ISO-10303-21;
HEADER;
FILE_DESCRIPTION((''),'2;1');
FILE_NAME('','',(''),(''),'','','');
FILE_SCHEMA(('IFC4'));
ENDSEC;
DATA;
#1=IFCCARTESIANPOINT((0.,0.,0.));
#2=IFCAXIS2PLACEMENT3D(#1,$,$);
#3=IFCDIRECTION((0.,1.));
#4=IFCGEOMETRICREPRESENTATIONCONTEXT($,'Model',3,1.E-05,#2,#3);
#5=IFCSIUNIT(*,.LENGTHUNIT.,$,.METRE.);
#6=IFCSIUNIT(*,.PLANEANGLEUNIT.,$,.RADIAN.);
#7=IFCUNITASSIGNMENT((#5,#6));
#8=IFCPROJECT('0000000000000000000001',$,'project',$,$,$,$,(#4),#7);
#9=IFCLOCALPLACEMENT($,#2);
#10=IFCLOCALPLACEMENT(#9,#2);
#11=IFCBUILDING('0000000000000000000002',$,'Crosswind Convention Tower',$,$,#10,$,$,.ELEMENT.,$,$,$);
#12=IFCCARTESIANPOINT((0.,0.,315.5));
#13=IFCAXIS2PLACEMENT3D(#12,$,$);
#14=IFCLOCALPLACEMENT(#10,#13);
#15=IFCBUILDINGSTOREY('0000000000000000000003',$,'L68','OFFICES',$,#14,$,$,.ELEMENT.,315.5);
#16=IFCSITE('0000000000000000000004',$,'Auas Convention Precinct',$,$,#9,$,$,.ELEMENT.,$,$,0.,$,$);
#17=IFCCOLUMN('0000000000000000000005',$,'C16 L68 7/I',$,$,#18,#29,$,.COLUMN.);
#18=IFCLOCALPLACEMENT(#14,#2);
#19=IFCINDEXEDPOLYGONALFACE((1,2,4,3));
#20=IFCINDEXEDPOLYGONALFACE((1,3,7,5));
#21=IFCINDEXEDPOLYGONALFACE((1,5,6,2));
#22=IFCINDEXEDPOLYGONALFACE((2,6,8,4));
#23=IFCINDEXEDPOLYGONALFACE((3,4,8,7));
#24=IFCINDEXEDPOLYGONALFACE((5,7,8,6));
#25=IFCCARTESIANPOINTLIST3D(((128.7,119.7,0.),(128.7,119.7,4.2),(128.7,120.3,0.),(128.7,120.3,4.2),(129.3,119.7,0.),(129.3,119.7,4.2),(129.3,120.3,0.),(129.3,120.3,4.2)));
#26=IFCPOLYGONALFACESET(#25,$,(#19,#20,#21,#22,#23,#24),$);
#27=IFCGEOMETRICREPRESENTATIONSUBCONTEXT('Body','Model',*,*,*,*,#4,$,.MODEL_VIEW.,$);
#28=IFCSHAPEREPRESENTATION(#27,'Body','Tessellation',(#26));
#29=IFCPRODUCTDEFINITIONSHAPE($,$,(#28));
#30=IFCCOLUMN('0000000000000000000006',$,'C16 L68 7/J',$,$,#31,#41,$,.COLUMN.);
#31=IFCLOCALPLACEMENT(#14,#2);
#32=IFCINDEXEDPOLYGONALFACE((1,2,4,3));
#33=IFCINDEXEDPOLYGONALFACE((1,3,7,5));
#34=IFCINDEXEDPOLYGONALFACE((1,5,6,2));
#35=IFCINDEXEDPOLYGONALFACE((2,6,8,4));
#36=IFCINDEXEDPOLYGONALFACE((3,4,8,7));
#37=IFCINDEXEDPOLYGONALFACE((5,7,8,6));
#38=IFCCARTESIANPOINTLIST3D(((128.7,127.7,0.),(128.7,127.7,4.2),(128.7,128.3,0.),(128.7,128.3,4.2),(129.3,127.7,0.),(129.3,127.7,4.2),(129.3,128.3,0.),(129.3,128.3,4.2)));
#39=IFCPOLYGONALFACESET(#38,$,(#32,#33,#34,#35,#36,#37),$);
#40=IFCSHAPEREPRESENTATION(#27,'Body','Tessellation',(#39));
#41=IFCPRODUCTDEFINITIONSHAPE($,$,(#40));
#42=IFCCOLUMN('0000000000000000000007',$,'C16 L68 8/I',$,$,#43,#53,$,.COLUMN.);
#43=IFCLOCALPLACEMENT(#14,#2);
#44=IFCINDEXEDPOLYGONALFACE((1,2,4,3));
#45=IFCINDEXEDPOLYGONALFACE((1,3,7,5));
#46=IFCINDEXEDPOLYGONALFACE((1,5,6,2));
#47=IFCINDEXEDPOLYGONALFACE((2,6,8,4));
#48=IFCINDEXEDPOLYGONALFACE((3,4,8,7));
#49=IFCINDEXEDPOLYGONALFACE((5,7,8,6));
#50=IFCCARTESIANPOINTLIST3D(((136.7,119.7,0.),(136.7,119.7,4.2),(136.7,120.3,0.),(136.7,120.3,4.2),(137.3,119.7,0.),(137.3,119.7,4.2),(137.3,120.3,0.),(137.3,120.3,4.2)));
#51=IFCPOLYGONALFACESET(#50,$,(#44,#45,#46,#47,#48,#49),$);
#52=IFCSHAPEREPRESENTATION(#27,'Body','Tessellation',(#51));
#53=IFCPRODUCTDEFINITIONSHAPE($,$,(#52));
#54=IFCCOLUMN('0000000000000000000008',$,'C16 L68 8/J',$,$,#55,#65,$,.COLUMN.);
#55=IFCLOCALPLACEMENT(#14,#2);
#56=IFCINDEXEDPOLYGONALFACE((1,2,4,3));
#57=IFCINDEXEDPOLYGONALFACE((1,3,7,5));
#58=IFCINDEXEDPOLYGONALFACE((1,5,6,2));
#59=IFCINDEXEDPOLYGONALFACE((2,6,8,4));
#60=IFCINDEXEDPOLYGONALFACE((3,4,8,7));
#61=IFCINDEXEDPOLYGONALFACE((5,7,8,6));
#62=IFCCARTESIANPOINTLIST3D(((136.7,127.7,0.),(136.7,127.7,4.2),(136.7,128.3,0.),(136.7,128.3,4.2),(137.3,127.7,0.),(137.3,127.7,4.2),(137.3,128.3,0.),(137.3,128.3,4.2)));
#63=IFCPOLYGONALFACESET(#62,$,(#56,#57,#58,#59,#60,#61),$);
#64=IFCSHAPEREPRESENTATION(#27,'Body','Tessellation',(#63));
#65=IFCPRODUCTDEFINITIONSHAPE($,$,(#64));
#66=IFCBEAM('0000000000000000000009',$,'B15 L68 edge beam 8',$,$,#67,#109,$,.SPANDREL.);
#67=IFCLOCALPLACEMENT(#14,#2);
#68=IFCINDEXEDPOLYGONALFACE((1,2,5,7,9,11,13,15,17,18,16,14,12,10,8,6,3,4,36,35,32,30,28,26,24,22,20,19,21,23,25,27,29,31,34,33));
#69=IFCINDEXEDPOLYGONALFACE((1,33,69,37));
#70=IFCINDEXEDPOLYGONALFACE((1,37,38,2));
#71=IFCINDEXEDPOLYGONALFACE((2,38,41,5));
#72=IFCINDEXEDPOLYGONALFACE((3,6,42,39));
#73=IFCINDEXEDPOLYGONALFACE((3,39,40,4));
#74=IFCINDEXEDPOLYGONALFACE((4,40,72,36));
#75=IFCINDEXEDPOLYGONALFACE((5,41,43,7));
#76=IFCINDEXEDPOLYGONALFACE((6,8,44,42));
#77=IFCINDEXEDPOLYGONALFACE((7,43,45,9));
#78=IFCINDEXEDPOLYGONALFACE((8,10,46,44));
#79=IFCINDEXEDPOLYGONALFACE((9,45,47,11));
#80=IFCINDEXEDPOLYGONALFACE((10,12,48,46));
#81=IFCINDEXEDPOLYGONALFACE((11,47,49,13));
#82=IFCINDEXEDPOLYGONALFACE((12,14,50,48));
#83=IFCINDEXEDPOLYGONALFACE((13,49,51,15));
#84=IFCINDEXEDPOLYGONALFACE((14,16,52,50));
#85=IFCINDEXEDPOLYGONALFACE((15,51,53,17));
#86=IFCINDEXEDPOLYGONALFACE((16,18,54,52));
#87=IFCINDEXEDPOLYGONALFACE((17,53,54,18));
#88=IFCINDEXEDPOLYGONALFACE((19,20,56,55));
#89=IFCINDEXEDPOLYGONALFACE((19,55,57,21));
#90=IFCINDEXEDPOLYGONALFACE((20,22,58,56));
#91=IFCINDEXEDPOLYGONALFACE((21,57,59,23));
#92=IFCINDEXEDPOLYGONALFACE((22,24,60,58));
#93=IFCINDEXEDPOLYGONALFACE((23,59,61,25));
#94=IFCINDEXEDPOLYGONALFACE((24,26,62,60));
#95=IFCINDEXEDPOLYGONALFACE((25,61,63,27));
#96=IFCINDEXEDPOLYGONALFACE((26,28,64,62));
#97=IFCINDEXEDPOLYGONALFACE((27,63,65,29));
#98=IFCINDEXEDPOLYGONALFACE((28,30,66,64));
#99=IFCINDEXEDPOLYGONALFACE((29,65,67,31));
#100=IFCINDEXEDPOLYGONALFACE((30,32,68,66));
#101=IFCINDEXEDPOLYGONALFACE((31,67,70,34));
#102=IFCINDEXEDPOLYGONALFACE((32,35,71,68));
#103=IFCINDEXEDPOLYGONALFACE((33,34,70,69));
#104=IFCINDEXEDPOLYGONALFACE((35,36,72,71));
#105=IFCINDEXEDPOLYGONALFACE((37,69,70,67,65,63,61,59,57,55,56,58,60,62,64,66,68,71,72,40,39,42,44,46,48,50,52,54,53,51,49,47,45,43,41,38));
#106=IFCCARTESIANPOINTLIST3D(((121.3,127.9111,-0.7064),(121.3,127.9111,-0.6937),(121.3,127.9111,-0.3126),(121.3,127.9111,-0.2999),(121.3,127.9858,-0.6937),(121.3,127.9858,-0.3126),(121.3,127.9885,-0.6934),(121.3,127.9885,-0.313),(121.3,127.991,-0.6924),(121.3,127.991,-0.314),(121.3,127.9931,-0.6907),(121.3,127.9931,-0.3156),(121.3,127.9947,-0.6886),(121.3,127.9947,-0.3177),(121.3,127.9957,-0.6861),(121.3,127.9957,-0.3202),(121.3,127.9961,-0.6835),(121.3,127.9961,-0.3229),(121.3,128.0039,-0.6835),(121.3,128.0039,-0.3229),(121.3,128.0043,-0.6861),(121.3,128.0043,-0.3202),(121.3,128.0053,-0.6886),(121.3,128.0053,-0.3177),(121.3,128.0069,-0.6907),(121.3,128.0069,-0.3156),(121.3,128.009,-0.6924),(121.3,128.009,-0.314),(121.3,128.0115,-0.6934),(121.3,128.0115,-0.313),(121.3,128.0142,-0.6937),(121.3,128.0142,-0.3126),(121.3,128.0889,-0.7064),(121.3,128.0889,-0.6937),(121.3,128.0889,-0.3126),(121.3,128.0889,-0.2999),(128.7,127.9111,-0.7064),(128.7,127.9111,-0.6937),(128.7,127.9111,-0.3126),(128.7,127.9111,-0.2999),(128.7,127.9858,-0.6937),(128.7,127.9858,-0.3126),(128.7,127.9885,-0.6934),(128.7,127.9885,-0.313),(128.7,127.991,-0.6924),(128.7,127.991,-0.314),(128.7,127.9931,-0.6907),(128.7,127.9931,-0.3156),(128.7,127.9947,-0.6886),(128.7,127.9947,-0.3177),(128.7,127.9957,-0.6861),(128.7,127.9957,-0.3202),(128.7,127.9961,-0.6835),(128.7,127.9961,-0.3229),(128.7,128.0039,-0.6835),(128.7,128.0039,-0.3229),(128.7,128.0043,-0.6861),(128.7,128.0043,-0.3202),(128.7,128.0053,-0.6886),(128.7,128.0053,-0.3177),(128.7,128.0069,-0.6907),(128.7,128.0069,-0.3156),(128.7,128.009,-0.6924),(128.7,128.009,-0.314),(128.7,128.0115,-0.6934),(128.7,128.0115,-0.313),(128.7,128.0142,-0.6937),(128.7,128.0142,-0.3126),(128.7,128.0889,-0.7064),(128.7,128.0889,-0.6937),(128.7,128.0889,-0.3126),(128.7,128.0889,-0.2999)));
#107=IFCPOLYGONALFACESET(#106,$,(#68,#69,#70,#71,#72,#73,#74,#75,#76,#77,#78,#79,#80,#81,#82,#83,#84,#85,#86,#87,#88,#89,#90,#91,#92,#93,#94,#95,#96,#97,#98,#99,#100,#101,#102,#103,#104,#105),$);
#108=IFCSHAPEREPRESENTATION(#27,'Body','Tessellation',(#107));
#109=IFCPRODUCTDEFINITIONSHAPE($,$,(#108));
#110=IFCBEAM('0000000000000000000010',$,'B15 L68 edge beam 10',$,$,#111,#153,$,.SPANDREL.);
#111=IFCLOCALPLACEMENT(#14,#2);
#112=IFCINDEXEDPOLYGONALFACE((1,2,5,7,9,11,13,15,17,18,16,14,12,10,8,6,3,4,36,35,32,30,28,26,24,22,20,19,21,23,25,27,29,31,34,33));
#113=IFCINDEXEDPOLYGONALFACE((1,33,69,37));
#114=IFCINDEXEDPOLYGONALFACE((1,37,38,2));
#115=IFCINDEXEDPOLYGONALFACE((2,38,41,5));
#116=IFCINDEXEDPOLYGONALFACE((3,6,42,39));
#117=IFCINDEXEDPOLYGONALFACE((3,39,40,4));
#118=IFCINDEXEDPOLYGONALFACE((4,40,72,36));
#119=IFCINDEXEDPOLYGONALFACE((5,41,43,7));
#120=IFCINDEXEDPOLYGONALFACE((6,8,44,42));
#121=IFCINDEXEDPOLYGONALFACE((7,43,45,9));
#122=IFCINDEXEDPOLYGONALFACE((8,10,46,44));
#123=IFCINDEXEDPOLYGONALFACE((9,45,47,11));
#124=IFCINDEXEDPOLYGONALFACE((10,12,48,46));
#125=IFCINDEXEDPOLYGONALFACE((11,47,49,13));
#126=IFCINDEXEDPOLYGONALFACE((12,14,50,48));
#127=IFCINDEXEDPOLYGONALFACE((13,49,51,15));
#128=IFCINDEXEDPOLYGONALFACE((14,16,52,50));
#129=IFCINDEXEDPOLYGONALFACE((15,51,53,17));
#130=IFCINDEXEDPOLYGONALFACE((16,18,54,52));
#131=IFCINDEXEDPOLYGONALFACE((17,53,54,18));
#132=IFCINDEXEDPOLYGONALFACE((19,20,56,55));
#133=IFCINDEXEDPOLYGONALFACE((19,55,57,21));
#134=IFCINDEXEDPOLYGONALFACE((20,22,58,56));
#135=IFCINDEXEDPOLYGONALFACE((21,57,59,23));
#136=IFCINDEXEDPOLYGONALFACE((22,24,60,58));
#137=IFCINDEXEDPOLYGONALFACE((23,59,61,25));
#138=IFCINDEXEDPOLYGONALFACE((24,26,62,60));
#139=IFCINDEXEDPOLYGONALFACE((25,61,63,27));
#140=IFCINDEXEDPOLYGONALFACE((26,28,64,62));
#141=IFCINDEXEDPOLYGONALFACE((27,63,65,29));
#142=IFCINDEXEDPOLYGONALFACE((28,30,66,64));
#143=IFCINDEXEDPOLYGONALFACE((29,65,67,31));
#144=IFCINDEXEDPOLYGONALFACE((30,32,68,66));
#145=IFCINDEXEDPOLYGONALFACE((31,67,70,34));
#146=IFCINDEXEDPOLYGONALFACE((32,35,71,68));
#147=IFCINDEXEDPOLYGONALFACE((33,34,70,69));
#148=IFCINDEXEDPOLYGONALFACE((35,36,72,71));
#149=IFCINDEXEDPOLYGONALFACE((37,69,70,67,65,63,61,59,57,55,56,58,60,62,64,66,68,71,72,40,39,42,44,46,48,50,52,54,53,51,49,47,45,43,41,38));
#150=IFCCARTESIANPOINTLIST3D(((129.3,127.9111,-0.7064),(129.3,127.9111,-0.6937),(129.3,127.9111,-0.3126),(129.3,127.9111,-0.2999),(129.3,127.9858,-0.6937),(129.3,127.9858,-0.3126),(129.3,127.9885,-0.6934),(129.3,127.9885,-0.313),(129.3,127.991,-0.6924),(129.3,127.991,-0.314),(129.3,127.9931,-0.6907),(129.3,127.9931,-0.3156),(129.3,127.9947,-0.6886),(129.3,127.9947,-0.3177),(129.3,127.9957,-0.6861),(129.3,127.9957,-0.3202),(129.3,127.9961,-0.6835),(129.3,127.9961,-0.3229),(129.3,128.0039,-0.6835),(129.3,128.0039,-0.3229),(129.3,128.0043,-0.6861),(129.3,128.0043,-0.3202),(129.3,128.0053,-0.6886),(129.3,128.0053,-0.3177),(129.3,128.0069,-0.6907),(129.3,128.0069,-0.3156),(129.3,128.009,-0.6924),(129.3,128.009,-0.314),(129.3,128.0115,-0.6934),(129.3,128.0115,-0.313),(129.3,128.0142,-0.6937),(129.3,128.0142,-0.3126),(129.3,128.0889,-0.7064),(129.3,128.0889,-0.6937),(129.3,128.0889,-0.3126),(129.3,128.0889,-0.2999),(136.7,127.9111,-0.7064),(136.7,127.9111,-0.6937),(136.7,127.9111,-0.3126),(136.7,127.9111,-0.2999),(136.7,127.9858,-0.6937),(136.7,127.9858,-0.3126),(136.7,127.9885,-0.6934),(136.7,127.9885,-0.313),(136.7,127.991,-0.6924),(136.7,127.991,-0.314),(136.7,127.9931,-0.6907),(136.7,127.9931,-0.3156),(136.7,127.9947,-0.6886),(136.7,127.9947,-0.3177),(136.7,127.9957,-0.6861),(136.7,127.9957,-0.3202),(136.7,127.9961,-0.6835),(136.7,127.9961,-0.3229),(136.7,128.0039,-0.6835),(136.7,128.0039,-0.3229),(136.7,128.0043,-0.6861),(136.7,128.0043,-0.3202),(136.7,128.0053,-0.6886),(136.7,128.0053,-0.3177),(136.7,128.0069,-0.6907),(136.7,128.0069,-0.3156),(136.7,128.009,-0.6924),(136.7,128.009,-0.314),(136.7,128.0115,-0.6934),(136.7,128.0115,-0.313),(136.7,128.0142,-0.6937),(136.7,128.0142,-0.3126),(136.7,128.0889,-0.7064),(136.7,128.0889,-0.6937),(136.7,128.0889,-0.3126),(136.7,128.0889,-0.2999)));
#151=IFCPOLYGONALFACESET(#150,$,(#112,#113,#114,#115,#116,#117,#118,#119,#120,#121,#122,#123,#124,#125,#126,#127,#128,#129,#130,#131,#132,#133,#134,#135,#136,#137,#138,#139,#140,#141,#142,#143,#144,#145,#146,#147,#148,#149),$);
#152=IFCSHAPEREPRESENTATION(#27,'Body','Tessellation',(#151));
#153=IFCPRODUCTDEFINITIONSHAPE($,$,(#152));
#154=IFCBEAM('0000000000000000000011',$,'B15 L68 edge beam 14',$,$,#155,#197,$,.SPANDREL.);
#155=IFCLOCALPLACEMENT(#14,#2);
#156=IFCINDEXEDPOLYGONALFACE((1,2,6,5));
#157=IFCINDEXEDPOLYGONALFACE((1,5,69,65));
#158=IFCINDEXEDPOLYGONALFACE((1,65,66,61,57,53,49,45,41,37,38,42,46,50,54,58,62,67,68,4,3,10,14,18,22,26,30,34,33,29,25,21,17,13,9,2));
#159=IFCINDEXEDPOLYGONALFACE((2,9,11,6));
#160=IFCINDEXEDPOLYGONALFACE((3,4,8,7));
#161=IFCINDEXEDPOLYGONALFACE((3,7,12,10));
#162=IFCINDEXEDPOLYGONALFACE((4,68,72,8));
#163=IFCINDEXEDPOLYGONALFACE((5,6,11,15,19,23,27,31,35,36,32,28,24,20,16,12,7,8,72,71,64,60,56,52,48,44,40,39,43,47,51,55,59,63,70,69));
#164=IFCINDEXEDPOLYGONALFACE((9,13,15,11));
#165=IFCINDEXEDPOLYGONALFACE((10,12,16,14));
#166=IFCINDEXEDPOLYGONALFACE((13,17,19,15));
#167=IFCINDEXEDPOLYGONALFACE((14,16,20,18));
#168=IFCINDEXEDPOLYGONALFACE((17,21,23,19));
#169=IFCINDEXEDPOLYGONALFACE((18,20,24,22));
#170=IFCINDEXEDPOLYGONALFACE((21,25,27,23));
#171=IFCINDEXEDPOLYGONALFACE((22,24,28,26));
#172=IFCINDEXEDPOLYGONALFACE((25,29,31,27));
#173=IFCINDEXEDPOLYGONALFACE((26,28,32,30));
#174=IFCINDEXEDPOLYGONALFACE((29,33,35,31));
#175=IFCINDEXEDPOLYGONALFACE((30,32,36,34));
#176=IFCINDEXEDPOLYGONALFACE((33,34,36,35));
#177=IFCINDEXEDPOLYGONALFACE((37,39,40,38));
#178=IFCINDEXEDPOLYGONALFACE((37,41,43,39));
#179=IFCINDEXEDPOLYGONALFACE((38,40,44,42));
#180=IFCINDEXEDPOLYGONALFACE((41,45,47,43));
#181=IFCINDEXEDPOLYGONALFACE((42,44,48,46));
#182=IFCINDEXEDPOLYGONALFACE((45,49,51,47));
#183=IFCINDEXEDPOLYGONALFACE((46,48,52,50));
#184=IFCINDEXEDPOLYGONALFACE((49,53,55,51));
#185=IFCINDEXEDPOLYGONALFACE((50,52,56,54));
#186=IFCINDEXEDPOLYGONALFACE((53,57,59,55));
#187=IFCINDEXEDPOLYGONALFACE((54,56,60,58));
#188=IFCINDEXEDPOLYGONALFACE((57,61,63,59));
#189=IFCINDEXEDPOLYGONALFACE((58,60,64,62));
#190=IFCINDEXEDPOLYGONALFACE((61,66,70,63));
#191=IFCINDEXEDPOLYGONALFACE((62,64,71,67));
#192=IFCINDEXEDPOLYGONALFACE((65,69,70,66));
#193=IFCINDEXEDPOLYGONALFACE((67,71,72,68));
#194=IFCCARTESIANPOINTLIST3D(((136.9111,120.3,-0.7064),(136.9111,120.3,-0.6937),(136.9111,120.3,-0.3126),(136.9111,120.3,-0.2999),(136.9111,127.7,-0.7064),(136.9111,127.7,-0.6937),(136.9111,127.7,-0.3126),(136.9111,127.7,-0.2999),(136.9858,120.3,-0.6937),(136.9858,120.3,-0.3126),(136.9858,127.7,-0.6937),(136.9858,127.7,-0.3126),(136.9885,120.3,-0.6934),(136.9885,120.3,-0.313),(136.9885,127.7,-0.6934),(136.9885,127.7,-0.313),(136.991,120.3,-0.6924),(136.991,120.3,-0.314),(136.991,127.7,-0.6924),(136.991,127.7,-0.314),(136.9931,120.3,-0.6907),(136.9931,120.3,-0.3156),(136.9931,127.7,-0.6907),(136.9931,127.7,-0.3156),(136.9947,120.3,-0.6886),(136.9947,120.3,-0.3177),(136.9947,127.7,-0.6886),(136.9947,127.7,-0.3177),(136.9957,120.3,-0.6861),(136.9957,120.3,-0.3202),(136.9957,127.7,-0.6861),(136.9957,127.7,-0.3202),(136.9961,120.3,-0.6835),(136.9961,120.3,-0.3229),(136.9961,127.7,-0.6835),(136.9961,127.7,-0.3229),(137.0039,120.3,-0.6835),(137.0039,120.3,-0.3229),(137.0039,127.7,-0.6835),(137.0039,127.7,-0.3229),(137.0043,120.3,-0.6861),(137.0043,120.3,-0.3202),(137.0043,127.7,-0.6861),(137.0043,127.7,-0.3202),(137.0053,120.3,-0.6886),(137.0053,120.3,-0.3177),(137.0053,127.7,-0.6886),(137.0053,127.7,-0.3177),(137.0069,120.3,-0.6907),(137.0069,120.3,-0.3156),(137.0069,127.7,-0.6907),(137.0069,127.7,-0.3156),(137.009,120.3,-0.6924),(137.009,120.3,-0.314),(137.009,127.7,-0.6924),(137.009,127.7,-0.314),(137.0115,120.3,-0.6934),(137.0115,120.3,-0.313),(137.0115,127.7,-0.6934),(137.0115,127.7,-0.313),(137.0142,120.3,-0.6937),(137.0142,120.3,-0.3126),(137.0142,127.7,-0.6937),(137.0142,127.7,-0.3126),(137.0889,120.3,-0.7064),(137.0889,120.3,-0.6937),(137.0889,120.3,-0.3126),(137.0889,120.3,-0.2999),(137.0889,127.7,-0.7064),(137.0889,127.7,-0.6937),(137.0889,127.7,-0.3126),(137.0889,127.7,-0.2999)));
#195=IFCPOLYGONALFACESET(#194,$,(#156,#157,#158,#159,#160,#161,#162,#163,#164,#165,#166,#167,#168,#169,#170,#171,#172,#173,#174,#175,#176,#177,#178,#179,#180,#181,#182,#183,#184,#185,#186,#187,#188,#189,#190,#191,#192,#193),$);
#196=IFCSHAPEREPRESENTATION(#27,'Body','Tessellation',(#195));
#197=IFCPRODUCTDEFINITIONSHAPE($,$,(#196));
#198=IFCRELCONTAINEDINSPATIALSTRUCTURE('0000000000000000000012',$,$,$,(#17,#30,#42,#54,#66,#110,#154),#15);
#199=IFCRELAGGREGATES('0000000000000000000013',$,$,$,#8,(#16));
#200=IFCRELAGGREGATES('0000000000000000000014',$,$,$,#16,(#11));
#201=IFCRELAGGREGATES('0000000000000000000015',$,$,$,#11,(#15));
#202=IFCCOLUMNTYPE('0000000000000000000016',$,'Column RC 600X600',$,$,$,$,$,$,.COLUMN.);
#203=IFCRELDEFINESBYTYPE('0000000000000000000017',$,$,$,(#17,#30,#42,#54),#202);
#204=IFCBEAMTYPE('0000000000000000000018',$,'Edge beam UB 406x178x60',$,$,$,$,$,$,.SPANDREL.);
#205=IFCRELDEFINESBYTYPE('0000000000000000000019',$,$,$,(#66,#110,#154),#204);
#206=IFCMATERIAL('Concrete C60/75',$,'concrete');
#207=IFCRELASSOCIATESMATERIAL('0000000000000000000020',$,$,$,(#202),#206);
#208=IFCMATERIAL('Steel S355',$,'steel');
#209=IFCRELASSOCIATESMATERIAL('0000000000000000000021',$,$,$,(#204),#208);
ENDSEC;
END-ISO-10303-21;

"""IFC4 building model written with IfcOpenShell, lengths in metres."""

from ifc_helpers import new_model, si_unit, direction, frame, origin, origin_2d, place, context, subcontext, project, spatial, rectangle, i_section, extrude, material, material_profile, profile_set, type_object, element, save


model = new_model("IFC4")

# Units and contexts
model_context = context("Model", 3, precision=1e-05, world=origin(), true_north=direction((0.0, 1.0)))
body_context = subcontext(model_context, "Body", "Model", "MODEL_VIEW")
ifc_project = project(units=[si_unit("LENGTHUNIT", "METRE"), si_unit("PLANEANGLEUNIT", "RADIAN")], contexts=[model_context])

# Site, building, storey
site_placement = place(None, origin())
site = spatial("IfcSite", under=ifc_project, at=site_placement, Name="Auas Convention Precinct", CompositionType="ELEMENT", RefElevation=0.0)
building_placement = place(site_placement, origin())
building = spatial("IfcBuilding", under=site, at=building_placement, Name="Crosswind Convention Tower", CompositionType="ELEMENT")
storey_placement = place(building_placement, frame((0.0, 0.0, 315.5)))
storey = spatial("IfcBuildingStorey", under=building, at=storey_placement, Name="L68", Description="OFFICES", CompositionType="ELEMENT", Elevation=315.5)

# Columns
ifc_material_1 = material(Name="Concrete C60/75", Category="concrete")
ifc_material_profile_1 = material_profile(ifc_material_1, rectangle(XDim=0.6001, YDim=0.6001, at=origin_2d()), Name="RC 600X600")
ifc_profile_set_1 = profile_set([ifc_material_profile_1], Name="Concrete C60/75")
column_type = type_object("IfcColumnType", Name="Column RC 600X600", PredefinedType="COLUMN", material=ifc_profile_set_1)
for number, where, z_axis, x_axis, name in (
    (1, (129.0, 120.0, 0.0), (0.0, 0.0, 1.0), (1.0, 0.0, 0.0), "C16 L68 7/I"),
    (2, (129.0, 128.0, 0.0), (0.0, 0.0, 1.0), (1.0, 0.0, 0.0), "C16 L68 7/J"),
    (3, (137.0, 120.0, 0.0), (0.0, 0.0, 1.0), (1.0, 0.0, 0.0), "C16 L68 8/I"),
    (4, (137.0, 128.0, 0.0), (0.0, 0.0, 1.0), (1.0, 0.0, 0.0), "C16 L68 8/J"),
):
    element("IfcColumn", number, at=place(storey_placement, frame(where, z_axis=z_axis, x_axis=x_axis)), inside=storey, type_object=column_type, Name=name, PredefinedType="COLUMN", context=body_context, shape_type="SweptSolid", body=[
        extrude(rectangle(XDim=0.6001, YDim=0.6001, at=origin_2d()), origin(), (0.0, 0.0, 1.0), 4.2),
    ])

# Beams
ifc_material_2 = material(Name="Steel S355", Category="steel")
ifc_material_profile_2 = material_profile(ifc_material_2, i_section(OverallWidth=0.1777, OverallDepth=0.4065, WebThickness=0.0078, FlangeThickness=0.0127, FilletRadius=0.0103, at=origin_2d()), Name="UB 406x178x60")
ifc_profile_set_2 = profile_set([ifc_material_profile_2], Name="Steel S355")
beam_type_1 = type_object("IfcBeamType", Name="Edge beam UB 406x178x60", PredefinedType="SPANDREL", material=ifc_profile_set_2)
for number, where, z_axis, x_axis, name in (
    (5, (121.3, 128.0, -0.5032), (1.0, 0.0, 0.0), (0.0, 1.0, 0.0), "B15 L68 edge beam 8"),
    (6, (129.3, 128.0, -0.5032), (1.0, 0.0, 0.0), (0.0, 1.0, 0.0), "B15 L68 edge beam 10"),
    (7, (137.0, 120.3, -0.5032), (0.0, 1.0, 0.0), (-1.0, 0.0, 0.0), "B15 L68 edge beam 14"),
):
    element("IfcBeam", number, at=place(storey_placement, frame(where, z_axis=z_axis, x_axis=x_axis)), inside=storey, type_object=beam_type_1, Name=name, PredefinedType="SPANDREL", context=body_context, shape_type="SweptSolid", body=[
        extrude(i_section(OverallWidth=0.1777, OverallDepth=0.4065, WebThickness=0.0078, FlangeThickness=0.0127, FilletRadius=0.0103, at=origin_2d()), origin(), (0.0, 0.0, 1.0), 7.3999),
    ])

save(model, "model.ifc")
